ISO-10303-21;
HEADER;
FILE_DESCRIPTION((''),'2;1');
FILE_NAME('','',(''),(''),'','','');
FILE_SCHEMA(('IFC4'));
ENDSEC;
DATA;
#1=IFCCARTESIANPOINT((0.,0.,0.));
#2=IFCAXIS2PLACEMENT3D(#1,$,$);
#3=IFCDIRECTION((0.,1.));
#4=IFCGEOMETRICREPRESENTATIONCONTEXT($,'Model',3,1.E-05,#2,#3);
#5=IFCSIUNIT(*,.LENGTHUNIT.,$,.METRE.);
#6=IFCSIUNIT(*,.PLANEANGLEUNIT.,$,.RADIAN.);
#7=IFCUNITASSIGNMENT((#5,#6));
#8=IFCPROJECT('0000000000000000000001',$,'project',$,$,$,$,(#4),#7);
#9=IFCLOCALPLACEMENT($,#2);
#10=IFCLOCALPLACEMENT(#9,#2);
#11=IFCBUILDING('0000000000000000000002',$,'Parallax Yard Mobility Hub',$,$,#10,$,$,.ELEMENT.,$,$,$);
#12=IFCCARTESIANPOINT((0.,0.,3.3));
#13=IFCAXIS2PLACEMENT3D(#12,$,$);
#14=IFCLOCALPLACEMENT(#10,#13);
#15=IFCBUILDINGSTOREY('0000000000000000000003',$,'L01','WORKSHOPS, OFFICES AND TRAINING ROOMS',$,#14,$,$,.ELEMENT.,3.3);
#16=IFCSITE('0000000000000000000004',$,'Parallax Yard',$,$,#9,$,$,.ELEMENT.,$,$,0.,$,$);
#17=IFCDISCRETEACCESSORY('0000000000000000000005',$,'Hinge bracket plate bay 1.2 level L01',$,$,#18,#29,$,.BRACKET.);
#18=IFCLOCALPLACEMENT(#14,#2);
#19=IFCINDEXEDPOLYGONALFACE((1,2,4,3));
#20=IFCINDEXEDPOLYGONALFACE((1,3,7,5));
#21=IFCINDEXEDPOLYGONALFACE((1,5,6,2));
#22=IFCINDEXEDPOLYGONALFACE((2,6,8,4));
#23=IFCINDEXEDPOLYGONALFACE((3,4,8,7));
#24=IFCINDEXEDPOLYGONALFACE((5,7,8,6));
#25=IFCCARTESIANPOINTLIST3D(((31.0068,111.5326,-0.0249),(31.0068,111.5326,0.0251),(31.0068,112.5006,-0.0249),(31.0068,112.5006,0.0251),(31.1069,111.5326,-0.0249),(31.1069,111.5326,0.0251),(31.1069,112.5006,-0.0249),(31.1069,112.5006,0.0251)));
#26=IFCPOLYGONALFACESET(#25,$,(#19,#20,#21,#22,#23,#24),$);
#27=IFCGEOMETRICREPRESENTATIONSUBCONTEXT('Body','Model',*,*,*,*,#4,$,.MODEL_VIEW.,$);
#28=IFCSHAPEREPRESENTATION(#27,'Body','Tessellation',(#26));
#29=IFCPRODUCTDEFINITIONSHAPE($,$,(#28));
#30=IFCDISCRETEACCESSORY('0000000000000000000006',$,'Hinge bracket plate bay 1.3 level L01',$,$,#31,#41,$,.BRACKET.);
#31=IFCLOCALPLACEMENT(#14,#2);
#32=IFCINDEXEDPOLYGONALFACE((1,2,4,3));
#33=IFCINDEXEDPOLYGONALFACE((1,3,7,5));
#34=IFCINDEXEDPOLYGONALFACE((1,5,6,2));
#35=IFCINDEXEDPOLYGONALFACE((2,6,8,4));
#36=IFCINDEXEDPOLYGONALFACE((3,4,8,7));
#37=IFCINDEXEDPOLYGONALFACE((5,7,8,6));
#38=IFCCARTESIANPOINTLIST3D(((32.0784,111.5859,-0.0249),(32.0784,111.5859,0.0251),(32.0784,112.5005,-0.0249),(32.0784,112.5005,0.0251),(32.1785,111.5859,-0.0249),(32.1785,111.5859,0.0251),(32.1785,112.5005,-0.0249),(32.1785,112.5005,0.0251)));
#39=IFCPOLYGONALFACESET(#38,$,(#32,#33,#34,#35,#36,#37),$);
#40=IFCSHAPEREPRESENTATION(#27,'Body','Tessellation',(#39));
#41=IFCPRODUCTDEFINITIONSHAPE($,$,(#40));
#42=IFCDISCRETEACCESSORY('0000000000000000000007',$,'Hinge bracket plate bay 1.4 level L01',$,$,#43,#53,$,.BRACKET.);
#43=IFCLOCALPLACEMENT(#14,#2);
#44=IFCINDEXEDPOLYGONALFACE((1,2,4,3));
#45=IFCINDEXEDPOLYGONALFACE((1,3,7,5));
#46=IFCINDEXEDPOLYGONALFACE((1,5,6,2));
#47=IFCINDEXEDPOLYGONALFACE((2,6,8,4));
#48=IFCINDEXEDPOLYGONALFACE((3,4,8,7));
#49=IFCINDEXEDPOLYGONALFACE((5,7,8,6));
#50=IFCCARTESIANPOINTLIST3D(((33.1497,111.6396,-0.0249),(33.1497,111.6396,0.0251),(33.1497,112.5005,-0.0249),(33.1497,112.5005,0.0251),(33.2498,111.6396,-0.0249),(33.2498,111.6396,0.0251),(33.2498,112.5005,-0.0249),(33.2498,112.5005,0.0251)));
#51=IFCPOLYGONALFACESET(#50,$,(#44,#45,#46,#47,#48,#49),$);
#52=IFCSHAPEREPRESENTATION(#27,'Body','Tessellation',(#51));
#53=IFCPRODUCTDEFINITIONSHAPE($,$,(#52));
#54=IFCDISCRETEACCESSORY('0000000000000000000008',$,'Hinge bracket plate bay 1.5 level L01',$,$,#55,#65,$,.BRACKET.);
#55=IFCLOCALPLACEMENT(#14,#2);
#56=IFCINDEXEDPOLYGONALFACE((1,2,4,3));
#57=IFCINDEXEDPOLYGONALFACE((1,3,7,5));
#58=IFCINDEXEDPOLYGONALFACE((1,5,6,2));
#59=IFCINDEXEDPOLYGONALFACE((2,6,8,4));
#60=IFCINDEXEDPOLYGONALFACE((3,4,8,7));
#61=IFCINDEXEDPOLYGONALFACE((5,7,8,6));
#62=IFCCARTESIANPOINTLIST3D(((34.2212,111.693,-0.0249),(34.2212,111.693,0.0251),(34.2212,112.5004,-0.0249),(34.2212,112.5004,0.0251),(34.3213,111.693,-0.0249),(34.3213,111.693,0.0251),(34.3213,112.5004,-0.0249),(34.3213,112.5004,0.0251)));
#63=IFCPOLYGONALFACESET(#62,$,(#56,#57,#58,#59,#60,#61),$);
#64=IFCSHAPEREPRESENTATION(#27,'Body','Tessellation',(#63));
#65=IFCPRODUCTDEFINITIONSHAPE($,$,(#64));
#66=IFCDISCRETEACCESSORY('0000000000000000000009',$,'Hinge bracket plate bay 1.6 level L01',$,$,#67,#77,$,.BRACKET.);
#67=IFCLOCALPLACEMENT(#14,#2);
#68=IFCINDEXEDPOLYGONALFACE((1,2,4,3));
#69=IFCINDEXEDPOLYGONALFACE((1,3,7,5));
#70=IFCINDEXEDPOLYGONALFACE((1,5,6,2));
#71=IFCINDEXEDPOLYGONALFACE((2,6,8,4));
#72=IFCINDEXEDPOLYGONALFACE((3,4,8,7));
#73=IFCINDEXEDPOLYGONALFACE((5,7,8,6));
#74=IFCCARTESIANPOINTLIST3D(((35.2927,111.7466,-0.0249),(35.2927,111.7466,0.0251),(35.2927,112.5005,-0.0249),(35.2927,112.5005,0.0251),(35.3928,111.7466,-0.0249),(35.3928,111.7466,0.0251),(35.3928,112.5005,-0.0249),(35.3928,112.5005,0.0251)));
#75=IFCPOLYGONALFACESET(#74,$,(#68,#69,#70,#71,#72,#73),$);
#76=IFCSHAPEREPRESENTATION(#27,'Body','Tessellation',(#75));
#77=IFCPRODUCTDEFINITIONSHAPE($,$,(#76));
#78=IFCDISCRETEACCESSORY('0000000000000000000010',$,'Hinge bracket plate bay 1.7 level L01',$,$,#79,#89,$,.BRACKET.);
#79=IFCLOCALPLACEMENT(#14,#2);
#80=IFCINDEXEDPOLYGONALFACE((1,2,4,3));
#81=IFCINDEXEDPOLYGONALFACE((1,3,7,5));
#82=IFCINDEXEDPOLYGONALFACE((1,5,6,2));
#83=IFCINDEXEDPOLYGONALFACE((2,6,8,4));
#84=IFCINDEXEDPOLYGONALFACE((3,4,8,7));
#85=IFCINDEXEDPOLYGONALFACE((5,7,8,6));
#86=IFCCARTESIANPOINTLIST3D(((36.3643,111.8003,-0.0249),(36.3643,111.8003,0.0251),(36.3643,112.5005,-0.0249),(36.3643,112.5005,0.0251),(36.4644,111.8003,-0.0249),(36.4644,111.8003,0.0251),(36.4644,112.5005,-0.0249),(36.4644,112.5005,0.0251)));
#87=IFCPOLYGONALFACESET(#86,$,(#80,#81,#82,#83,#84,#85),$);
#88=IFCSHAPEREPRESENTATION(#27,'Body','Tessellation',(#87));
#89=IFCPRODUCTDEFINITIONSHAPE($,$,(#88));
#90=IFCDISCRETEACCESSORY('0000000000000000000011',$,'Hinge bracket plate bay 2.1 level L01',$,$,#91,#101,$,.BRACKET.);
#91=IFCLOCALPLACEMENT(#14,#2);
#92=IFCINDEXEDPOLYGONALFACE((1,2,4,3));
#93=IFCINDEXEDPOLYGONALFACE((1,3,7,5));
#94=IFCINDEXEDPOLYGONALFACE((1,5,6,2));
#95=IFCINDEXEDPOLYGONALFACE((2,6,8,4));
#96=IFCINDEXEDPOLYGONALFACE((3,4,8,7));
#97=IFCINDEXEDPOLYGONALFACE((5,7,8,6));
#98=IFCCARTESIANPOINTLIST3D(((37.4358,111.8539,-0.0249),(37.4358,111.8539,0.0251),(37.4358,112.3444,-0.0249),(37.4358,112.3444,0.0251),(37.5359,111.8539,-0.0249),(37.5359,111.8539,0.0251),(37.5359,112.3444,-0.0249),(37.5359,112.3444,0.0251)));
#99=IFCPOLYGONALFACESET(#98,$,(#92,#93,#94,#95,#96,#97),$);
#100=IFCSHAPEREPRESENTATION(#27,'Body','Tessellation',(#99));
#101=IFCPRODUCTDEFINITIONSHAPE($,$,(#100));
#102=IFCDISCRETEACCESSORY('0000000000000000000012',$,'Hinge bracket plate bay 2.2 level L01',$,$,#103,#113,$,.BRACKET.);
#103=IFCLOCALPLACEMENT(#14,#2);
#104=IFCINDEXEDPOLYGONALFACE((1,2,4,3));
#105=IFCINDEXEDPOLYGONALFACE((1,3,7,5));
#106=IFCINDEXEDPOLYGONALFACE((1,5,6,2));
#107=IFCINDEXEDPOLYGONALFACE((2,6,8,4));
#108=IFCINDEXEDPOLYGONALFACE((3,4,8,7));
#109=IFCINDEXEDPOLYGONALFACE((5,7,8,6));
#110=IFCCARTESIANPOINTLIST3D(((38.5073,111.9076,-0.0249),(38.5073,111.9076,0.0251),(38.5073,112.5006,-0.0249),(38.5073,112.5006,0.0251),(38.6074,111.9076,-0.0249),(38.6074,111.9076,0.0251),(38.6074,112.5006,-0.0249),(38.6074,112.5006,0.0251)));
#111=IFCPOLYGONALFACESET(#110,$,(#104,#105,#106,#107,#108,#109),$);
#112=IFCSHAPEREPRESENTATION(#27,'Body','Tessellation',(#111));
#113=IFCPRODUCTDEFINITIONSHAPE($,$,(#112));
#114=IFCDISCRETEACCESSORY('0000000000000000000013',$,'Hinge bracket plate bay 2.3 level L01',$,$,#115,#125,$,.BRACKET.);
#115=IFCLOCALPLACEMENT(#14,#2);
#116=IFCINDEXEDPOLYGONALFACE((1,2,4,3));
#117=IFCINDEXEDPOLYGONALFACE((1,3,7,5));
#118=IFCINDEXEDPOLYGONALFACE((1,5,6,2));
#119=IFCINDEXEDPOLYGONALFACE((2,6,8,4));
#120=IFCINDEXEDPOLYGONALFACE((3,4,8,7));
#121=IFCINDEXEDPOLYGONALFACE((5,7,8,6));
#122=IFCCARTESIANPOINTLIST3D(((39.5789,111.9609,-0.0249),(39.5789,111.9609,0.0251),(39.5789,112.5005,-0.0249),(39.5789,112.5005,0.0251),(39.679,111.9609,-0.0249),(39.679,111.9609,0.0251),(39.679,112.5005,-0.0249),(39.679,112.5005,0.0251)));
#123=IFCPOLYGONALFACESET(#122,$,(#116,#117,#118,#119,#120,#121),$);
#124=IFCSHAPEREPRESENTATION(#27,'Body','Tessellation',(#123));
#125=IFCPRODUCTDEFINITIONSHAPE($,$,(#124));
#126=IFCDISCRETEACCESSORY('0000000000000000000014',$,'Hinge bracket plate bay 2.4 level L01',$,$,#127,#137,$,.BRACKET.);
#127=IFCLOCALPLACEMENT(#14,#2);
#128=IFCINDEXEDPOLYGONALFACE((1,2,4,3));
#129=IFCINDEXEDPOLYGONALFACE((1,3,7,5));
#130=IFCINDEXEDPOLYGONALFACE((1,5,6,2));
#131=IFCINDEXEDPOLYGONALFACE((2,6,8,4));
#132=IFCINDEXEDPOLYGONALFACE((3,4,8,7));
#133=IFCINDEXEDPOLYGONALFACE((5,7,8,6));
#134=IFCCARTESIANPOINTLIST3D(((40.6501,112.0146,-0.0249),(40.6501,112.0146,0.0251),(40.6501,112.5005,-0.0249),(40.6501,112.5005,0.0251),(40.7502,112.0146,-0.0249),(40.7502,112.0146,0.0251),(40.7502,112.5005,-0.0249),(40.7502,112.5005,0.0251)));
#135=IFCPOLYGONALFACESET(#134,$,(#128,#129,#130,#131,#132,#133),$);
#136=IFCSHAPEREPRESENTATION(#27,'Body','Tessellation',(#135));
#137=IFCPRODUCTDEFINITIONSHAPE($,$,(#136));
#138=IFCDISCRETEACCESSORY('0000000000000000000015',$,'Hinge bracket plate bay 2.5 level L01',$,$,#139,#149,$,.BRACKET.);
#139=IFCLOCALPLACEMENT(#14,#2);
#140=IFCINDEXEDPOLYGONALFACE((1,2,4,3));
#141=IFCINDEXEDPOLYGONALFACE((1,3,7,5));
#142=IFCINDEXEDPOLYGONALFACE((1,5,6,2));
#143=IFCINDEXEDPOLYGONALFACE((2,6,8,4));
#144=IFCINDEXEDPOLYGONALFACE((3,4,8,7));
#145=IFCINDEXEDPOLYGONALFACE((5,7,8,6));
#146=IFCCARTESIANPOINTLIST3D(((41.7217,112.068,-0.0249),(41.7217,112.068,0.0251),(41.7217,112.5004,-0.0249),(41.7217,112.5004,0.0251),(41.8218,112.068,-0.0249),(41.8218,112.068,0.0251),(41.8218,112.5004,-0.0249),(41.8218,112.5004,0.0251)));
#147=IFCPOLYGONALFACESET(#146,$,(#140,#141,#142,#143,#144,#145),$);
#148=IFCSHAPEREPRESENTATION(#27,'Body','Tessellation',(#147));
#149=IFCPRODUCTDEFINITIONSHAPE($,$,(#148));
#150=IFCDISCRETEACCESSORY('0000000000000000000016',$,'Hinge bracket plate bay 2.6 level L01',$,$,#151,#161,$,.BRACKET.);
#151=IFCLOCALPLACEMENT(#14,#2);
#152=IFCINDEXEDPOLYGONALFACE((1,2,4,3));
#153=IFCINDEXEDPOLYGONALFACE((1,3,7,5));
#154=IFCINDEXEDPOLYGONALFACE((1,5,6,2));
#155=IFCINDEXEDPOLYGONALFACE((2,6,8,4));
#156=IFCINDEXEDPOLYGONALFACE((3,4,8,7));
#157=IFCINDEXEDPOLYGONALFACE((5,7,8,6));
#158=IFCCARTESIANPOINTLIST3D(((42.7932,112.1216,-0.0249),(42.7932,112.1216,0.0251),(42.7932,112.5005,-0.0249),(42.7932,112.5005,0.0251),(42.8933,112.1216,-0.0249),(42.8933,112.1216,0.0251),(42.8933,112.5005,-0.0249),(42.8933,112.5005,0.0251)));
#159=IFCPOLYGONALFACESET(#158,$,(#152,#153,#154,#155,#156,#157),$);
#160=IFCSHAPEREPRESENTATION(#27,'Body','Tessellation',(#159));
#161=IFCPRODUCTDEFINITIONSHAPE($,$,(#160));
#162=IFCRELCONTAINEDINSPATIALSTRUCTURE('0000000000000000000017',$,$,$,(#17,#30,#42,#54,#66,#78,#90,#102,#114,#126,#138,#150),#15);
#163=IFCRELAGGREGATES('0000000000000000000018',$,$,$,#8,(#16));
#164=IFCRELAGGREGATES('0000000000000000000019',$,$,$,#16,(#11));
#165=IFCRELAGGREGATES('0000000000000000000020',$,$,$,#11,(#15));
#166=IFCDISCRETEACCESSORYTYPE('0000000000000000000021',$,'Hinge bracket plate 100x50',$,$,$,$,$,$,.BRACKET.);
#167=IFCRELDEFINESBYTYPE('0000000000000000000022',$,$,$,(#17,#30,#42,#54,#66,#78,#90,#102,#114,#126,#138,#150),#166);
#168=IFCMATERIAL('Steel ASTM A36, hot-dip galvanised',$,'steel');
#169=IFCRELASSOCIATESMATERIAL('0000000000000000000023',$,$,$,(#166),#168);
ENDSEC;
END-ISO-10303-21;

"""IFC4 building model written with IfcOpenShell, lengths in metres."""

from ifc_helpers import new_model, si_unit, direction, frame, origin, origin_2d, place, context, subcontext, project, spatial, rectangle, extrude, material, type_object, element, save


model = new_model("IFC4")

# Units and contexts
model_context = context("Model", 3, precision=1e-05, world=origin(), true_north=direction((0.0, 1.0)))
body_context = subcontext(model_context, "Body", "Model", "MODEL_VIEW")
ifc_project = project(units=[si_unit("LENGTHUNIT", "METRE"), si_unit("PLANEANGLEUNIT", "RADIAN")], contexts=[model_context])

# Site, building, storey
site_placement = place(None, origin())
site = spatial("IfcSite", under=ifc_project, at=site_placement, Name="Parallax Yard", CompositionType="ELEMENT", RefElevation=0.0)
building_placement = place(site_placement, origin())
building = spatial("IfcBuilding", under=site, at=building_placement, Name="Parallax Yard Mobility Hub", CompositionType="ELEMENT")
storey_placement = place(building_placement, frame((0.0, 0.0, 3.3)))
storey = spatial("IfcBuildingStorey", under=building, at=storey_placement, Name="L01", Description="WORKSHOPS, OFFICES AND TRAINING ROOMS", CompositionType="ELEMENT", Elevation=3.3)

# Discrete accessories
ifc_material_1 = material(Name="Steel ASTM A36, hot-dip galvanised", Category="steel")
discrete_accessory_type_1 = type_object("IfcDiscreteAccessoryType", Name="Hinge bracket plate 100x50", PredefinedType="BRACKET", material=ifc_material_1)
discrete_accessory_1_placement = place(storey_placement, frame((31.0569, 112.0166, -0.0249), z_axis=(0.0, 0.0, 1.0), x_axis=(0.0, -1.0, 0.0)))
element("IfcDiscreteAccessory", 1, at=discrete_accessory_1_placement, inside=storey, type_object=discrete_accessory_type_1, Name="Hinge bracket plate bay 1.2 level L01", PredefinedType="BRACKET", context=body_context, shape_type="SweptSolid", body=[
    extrude(rectangle(XDim=0.968, YDim=0.1001, at=origin_2d()), origin(), (0.0, 0.0, 1.0), 0.05),
])
discrete_accessory_2_placement = place(storey_placement, frame((32.1284, 112.0432, -0.0249), z_axis=(0.0, 0.0, 1.0), x_axis=(0.0, -1.0, 0.0)))
element("IfcDiscreteAccessory", 2, at=discrete_accessory_2_placement, inside=storey, type_object=discrete_accessory_type_1, Name="Hinge bracket plate bay 1.3 level L01", PredefinedType="BRACKET", context=body_context, shape_type="SweptSolid", body=[
    extrude(rectangle(XDim=0.9146, YDim=0.1001, at=origin_2d()), origin(), (0.0, 0.0, 1.0), 0.05),
])
discrete_accessory_3_placement = place(storey_placement, frame((33.1997, 112.0701, -0.0249), z_axis=(0.0, 0.0, 1.0), x_axis=(0.0, -1.0, 0.0)))
element("IfcDiscreteAccessory", 3, at=discrete_accessory_3_placement, inside=storey, type_object=discrete_accessory_type_1, Name="Hinge bracket plate bay 1.4 level L01", PredefinedType="BRACKET", context=body_context, shape_type="SweptSolid", body=[
    extrude(rectangle(XDim=0.8608, YDim=0.1001, at=origin_2d()), origin(), (0.0, 0.0, 1.0), 0.05),
])
discrete_accessory_4_placement = place(storey_placement, frame((34.2712, 112.0967, -0.0249), z_axis=(0.0, 0.0, 1.0), x_axis=(0.0, -1.0, 0.0)))
element("IfcDiscreteAccessory", 4, at=discrete_accessory_4_placement, inside=storey, type_object=discrete_accessory_type_1, Name="Hinge bracket plate bay 1.5 level L01", PredefinedType="BRACKET", context=body_context, shape_type="SweptSolid", body=[
    extrude(rectangle(XDim=0.8074, YDim=0.1001, at=origin_2d()), origin(), (0.0, 0.0, 1.0), 0.05),
])
discrete_accessory_5_placement = place(storey_placement, frame((35.3428, 112.1235, -0.0249), z_axis=(0.0, 0.0, 1.0), x_axis=(0.0, -1.0, 0.0)))
element("IfcDiscreteAccessory", 5, at=discrete_accessory_5_placement, inside=storey, type_object=discrete_accessory_type_1, Name="Hinge bracket plate bay 1.6 level L01", PredefinedType="BRACKET", context=body_context, shape_type="SweptSolid", body=[
    extrude(rectangle(XDim=0.7539, YDim=0.1001, at=origin_2d()), origin(), (0.0, 0.0, 1.0), 0.05),
])
discrete_accessory_6_placement = place(storey_placement, frame((36.4143, 112.1504, -0.0249), z_axis=(0.0, 0.0, 1.0), x_axis=(0.0, -1.0, 0.0)))
element("IfcDiscreteAccessory", 6, at=discrete_accessory_6_placement, inside=storey, type_object=discrete_accessory_type_1, Name="Hinge bracket plate bay 1.7 level L01", PredefinedType="BRACKET", context=body_context, shape_type="SweptSolid", body=[
    extrude(rectangle(XDim=0.7002, YDim=0.1001, at=origin_2d()), origin(), (0.0, 0.0, 1.0), 0.05),
])
discrete_accessory_7_placement = place(storey_placement, frame((37.4858, 112.0991, -0.0249), z_axis=(0.0, 0.0, 1.0), x_axis=(0.0, -1.0, 0.0)))
element("IfcDiscreteAccessory", 7, at=discrete_accessory_7_placement, inside=storey, type_object=discrete_accessory_type_1, Name="Hinge bracket plate bay 2.1 level L01", PredefinedType="BRACKET", context=body_context, shape_type="SweptSolid", body=[
    extrude(rectangle(XDim=0.4905, YDim=0.1001, at=origin_2d()), origin(), (0.0, 0.0, 1.0), 0.05),
])
discrete_accessory_8_placement = place(storey_placement, frame((38.5574, 112.2041, -0.0249), z_axis=(0.0, 0.0, 1.0), x_axis=(0.0, -1.0, 0.0)))
element("IfcDiscreteAccessory", 8, at=discrete_accessory_8_placement, inside=storey, type_object=discrete_accessory_type_1, Name="Hinge bracket plate bay 2.2 level L01", PredefinedType="BRACKET", context=body_context, shape_type="SweptSolid", body=[
    extrude(rectangle(XDim=0.593, YDim=0.1001, at=origin_2d()), origin(), (0.0, 0.0, 1.0), 0.05),
])
discrete_accessory_9_placement = place(storey_placement, frame((39.6289, 112.2307, -0.0249), z_axis=(0.0, 0.0, 1.0), x_axis=(0.0, -1.0, 0.0)))
element("IfcDiscreteAccessory", 9, at=discrete_accessory_9_placement, inside=storey, type_object=discrete_accessory_type_1, Name="Hinge bracket plate bay 2.3 level L01", PredefinedType="BRACKET", context=body_context, shape_type="SweptSolid", body=[
    extrude(rectangle(XDim=0.5396, YDim=0.1001, at=origin_2d()), origin(), (0.0, 0.0, 1.0), 0.05),
])
discrete_accessory_10_placement = place(storey_placement, frame((40.7002, 112.2576, -0.0249), z_axis=(0.0, 0.0, 1.0), x_axis=(0.0, -1.0, 0.0)))
element("IfcDiscreteAccessory", 10, at=discrete_accessory_10_placement, inside=storey, type_object=discrete_accessory_type_1, Name="Hinge bracket plate bay 2.4 level L01", PredefinedType="BRACKET", context=body_context, shape_type="SweptSolid", body=[
    extrude(rectangle(XDim=0.4858, YDim=0.1001, at=origin_2d()), origin(), (0.0, 0.0, 1.0), 0.05),
])
discrete_accessory_11_placement = place(storey_placement, frame((41.7717, 112.2842, -0.0249), z_axis=(0.0, 0.0, 1.0), x_axis=(0.0, -1.0, 0.0)))
element("IfcDiscreteAccessory", 11, at=discrete_accessory_11_placement, inside=storey, type_object=discrete_accessory_type_1, Name="Hinge bracket plate bay 2.5 level L01", PredefinedType="BRACKET", context=body_context, shape_type="SweptSolid", body=[
    extrude(rectangle(XDim=0.4324, YDim=0.1001, at=origin_2d()), origin(), (0.0, 0.0, 1.0), 0.05),
])
discrete_accessory_12_placement = place(storey_placement, frame((42.8433, 112.311, -0.0249), z_axis=(0.0, 0.0, 1.0), x_axis=(0.0, -1.0, 0.0)))
element("IfcDiscreteAccessory", 12, at=discrete_accessory_12_placement, inside=storey, type_object=discrete_accessory_type_1, Name="Hinge bracket plate bay 2.6 level L01", PredefinedType="BRACKET", context=body_context, shape_type="SweptSolid", body=[
    extrude(rectangle(XDim=0.3789, YDim=0.1001, at=origin_2d()), origin(), (0.0, 0.0, 1.0), 0.05),
])

save(model, "model.ifc")
